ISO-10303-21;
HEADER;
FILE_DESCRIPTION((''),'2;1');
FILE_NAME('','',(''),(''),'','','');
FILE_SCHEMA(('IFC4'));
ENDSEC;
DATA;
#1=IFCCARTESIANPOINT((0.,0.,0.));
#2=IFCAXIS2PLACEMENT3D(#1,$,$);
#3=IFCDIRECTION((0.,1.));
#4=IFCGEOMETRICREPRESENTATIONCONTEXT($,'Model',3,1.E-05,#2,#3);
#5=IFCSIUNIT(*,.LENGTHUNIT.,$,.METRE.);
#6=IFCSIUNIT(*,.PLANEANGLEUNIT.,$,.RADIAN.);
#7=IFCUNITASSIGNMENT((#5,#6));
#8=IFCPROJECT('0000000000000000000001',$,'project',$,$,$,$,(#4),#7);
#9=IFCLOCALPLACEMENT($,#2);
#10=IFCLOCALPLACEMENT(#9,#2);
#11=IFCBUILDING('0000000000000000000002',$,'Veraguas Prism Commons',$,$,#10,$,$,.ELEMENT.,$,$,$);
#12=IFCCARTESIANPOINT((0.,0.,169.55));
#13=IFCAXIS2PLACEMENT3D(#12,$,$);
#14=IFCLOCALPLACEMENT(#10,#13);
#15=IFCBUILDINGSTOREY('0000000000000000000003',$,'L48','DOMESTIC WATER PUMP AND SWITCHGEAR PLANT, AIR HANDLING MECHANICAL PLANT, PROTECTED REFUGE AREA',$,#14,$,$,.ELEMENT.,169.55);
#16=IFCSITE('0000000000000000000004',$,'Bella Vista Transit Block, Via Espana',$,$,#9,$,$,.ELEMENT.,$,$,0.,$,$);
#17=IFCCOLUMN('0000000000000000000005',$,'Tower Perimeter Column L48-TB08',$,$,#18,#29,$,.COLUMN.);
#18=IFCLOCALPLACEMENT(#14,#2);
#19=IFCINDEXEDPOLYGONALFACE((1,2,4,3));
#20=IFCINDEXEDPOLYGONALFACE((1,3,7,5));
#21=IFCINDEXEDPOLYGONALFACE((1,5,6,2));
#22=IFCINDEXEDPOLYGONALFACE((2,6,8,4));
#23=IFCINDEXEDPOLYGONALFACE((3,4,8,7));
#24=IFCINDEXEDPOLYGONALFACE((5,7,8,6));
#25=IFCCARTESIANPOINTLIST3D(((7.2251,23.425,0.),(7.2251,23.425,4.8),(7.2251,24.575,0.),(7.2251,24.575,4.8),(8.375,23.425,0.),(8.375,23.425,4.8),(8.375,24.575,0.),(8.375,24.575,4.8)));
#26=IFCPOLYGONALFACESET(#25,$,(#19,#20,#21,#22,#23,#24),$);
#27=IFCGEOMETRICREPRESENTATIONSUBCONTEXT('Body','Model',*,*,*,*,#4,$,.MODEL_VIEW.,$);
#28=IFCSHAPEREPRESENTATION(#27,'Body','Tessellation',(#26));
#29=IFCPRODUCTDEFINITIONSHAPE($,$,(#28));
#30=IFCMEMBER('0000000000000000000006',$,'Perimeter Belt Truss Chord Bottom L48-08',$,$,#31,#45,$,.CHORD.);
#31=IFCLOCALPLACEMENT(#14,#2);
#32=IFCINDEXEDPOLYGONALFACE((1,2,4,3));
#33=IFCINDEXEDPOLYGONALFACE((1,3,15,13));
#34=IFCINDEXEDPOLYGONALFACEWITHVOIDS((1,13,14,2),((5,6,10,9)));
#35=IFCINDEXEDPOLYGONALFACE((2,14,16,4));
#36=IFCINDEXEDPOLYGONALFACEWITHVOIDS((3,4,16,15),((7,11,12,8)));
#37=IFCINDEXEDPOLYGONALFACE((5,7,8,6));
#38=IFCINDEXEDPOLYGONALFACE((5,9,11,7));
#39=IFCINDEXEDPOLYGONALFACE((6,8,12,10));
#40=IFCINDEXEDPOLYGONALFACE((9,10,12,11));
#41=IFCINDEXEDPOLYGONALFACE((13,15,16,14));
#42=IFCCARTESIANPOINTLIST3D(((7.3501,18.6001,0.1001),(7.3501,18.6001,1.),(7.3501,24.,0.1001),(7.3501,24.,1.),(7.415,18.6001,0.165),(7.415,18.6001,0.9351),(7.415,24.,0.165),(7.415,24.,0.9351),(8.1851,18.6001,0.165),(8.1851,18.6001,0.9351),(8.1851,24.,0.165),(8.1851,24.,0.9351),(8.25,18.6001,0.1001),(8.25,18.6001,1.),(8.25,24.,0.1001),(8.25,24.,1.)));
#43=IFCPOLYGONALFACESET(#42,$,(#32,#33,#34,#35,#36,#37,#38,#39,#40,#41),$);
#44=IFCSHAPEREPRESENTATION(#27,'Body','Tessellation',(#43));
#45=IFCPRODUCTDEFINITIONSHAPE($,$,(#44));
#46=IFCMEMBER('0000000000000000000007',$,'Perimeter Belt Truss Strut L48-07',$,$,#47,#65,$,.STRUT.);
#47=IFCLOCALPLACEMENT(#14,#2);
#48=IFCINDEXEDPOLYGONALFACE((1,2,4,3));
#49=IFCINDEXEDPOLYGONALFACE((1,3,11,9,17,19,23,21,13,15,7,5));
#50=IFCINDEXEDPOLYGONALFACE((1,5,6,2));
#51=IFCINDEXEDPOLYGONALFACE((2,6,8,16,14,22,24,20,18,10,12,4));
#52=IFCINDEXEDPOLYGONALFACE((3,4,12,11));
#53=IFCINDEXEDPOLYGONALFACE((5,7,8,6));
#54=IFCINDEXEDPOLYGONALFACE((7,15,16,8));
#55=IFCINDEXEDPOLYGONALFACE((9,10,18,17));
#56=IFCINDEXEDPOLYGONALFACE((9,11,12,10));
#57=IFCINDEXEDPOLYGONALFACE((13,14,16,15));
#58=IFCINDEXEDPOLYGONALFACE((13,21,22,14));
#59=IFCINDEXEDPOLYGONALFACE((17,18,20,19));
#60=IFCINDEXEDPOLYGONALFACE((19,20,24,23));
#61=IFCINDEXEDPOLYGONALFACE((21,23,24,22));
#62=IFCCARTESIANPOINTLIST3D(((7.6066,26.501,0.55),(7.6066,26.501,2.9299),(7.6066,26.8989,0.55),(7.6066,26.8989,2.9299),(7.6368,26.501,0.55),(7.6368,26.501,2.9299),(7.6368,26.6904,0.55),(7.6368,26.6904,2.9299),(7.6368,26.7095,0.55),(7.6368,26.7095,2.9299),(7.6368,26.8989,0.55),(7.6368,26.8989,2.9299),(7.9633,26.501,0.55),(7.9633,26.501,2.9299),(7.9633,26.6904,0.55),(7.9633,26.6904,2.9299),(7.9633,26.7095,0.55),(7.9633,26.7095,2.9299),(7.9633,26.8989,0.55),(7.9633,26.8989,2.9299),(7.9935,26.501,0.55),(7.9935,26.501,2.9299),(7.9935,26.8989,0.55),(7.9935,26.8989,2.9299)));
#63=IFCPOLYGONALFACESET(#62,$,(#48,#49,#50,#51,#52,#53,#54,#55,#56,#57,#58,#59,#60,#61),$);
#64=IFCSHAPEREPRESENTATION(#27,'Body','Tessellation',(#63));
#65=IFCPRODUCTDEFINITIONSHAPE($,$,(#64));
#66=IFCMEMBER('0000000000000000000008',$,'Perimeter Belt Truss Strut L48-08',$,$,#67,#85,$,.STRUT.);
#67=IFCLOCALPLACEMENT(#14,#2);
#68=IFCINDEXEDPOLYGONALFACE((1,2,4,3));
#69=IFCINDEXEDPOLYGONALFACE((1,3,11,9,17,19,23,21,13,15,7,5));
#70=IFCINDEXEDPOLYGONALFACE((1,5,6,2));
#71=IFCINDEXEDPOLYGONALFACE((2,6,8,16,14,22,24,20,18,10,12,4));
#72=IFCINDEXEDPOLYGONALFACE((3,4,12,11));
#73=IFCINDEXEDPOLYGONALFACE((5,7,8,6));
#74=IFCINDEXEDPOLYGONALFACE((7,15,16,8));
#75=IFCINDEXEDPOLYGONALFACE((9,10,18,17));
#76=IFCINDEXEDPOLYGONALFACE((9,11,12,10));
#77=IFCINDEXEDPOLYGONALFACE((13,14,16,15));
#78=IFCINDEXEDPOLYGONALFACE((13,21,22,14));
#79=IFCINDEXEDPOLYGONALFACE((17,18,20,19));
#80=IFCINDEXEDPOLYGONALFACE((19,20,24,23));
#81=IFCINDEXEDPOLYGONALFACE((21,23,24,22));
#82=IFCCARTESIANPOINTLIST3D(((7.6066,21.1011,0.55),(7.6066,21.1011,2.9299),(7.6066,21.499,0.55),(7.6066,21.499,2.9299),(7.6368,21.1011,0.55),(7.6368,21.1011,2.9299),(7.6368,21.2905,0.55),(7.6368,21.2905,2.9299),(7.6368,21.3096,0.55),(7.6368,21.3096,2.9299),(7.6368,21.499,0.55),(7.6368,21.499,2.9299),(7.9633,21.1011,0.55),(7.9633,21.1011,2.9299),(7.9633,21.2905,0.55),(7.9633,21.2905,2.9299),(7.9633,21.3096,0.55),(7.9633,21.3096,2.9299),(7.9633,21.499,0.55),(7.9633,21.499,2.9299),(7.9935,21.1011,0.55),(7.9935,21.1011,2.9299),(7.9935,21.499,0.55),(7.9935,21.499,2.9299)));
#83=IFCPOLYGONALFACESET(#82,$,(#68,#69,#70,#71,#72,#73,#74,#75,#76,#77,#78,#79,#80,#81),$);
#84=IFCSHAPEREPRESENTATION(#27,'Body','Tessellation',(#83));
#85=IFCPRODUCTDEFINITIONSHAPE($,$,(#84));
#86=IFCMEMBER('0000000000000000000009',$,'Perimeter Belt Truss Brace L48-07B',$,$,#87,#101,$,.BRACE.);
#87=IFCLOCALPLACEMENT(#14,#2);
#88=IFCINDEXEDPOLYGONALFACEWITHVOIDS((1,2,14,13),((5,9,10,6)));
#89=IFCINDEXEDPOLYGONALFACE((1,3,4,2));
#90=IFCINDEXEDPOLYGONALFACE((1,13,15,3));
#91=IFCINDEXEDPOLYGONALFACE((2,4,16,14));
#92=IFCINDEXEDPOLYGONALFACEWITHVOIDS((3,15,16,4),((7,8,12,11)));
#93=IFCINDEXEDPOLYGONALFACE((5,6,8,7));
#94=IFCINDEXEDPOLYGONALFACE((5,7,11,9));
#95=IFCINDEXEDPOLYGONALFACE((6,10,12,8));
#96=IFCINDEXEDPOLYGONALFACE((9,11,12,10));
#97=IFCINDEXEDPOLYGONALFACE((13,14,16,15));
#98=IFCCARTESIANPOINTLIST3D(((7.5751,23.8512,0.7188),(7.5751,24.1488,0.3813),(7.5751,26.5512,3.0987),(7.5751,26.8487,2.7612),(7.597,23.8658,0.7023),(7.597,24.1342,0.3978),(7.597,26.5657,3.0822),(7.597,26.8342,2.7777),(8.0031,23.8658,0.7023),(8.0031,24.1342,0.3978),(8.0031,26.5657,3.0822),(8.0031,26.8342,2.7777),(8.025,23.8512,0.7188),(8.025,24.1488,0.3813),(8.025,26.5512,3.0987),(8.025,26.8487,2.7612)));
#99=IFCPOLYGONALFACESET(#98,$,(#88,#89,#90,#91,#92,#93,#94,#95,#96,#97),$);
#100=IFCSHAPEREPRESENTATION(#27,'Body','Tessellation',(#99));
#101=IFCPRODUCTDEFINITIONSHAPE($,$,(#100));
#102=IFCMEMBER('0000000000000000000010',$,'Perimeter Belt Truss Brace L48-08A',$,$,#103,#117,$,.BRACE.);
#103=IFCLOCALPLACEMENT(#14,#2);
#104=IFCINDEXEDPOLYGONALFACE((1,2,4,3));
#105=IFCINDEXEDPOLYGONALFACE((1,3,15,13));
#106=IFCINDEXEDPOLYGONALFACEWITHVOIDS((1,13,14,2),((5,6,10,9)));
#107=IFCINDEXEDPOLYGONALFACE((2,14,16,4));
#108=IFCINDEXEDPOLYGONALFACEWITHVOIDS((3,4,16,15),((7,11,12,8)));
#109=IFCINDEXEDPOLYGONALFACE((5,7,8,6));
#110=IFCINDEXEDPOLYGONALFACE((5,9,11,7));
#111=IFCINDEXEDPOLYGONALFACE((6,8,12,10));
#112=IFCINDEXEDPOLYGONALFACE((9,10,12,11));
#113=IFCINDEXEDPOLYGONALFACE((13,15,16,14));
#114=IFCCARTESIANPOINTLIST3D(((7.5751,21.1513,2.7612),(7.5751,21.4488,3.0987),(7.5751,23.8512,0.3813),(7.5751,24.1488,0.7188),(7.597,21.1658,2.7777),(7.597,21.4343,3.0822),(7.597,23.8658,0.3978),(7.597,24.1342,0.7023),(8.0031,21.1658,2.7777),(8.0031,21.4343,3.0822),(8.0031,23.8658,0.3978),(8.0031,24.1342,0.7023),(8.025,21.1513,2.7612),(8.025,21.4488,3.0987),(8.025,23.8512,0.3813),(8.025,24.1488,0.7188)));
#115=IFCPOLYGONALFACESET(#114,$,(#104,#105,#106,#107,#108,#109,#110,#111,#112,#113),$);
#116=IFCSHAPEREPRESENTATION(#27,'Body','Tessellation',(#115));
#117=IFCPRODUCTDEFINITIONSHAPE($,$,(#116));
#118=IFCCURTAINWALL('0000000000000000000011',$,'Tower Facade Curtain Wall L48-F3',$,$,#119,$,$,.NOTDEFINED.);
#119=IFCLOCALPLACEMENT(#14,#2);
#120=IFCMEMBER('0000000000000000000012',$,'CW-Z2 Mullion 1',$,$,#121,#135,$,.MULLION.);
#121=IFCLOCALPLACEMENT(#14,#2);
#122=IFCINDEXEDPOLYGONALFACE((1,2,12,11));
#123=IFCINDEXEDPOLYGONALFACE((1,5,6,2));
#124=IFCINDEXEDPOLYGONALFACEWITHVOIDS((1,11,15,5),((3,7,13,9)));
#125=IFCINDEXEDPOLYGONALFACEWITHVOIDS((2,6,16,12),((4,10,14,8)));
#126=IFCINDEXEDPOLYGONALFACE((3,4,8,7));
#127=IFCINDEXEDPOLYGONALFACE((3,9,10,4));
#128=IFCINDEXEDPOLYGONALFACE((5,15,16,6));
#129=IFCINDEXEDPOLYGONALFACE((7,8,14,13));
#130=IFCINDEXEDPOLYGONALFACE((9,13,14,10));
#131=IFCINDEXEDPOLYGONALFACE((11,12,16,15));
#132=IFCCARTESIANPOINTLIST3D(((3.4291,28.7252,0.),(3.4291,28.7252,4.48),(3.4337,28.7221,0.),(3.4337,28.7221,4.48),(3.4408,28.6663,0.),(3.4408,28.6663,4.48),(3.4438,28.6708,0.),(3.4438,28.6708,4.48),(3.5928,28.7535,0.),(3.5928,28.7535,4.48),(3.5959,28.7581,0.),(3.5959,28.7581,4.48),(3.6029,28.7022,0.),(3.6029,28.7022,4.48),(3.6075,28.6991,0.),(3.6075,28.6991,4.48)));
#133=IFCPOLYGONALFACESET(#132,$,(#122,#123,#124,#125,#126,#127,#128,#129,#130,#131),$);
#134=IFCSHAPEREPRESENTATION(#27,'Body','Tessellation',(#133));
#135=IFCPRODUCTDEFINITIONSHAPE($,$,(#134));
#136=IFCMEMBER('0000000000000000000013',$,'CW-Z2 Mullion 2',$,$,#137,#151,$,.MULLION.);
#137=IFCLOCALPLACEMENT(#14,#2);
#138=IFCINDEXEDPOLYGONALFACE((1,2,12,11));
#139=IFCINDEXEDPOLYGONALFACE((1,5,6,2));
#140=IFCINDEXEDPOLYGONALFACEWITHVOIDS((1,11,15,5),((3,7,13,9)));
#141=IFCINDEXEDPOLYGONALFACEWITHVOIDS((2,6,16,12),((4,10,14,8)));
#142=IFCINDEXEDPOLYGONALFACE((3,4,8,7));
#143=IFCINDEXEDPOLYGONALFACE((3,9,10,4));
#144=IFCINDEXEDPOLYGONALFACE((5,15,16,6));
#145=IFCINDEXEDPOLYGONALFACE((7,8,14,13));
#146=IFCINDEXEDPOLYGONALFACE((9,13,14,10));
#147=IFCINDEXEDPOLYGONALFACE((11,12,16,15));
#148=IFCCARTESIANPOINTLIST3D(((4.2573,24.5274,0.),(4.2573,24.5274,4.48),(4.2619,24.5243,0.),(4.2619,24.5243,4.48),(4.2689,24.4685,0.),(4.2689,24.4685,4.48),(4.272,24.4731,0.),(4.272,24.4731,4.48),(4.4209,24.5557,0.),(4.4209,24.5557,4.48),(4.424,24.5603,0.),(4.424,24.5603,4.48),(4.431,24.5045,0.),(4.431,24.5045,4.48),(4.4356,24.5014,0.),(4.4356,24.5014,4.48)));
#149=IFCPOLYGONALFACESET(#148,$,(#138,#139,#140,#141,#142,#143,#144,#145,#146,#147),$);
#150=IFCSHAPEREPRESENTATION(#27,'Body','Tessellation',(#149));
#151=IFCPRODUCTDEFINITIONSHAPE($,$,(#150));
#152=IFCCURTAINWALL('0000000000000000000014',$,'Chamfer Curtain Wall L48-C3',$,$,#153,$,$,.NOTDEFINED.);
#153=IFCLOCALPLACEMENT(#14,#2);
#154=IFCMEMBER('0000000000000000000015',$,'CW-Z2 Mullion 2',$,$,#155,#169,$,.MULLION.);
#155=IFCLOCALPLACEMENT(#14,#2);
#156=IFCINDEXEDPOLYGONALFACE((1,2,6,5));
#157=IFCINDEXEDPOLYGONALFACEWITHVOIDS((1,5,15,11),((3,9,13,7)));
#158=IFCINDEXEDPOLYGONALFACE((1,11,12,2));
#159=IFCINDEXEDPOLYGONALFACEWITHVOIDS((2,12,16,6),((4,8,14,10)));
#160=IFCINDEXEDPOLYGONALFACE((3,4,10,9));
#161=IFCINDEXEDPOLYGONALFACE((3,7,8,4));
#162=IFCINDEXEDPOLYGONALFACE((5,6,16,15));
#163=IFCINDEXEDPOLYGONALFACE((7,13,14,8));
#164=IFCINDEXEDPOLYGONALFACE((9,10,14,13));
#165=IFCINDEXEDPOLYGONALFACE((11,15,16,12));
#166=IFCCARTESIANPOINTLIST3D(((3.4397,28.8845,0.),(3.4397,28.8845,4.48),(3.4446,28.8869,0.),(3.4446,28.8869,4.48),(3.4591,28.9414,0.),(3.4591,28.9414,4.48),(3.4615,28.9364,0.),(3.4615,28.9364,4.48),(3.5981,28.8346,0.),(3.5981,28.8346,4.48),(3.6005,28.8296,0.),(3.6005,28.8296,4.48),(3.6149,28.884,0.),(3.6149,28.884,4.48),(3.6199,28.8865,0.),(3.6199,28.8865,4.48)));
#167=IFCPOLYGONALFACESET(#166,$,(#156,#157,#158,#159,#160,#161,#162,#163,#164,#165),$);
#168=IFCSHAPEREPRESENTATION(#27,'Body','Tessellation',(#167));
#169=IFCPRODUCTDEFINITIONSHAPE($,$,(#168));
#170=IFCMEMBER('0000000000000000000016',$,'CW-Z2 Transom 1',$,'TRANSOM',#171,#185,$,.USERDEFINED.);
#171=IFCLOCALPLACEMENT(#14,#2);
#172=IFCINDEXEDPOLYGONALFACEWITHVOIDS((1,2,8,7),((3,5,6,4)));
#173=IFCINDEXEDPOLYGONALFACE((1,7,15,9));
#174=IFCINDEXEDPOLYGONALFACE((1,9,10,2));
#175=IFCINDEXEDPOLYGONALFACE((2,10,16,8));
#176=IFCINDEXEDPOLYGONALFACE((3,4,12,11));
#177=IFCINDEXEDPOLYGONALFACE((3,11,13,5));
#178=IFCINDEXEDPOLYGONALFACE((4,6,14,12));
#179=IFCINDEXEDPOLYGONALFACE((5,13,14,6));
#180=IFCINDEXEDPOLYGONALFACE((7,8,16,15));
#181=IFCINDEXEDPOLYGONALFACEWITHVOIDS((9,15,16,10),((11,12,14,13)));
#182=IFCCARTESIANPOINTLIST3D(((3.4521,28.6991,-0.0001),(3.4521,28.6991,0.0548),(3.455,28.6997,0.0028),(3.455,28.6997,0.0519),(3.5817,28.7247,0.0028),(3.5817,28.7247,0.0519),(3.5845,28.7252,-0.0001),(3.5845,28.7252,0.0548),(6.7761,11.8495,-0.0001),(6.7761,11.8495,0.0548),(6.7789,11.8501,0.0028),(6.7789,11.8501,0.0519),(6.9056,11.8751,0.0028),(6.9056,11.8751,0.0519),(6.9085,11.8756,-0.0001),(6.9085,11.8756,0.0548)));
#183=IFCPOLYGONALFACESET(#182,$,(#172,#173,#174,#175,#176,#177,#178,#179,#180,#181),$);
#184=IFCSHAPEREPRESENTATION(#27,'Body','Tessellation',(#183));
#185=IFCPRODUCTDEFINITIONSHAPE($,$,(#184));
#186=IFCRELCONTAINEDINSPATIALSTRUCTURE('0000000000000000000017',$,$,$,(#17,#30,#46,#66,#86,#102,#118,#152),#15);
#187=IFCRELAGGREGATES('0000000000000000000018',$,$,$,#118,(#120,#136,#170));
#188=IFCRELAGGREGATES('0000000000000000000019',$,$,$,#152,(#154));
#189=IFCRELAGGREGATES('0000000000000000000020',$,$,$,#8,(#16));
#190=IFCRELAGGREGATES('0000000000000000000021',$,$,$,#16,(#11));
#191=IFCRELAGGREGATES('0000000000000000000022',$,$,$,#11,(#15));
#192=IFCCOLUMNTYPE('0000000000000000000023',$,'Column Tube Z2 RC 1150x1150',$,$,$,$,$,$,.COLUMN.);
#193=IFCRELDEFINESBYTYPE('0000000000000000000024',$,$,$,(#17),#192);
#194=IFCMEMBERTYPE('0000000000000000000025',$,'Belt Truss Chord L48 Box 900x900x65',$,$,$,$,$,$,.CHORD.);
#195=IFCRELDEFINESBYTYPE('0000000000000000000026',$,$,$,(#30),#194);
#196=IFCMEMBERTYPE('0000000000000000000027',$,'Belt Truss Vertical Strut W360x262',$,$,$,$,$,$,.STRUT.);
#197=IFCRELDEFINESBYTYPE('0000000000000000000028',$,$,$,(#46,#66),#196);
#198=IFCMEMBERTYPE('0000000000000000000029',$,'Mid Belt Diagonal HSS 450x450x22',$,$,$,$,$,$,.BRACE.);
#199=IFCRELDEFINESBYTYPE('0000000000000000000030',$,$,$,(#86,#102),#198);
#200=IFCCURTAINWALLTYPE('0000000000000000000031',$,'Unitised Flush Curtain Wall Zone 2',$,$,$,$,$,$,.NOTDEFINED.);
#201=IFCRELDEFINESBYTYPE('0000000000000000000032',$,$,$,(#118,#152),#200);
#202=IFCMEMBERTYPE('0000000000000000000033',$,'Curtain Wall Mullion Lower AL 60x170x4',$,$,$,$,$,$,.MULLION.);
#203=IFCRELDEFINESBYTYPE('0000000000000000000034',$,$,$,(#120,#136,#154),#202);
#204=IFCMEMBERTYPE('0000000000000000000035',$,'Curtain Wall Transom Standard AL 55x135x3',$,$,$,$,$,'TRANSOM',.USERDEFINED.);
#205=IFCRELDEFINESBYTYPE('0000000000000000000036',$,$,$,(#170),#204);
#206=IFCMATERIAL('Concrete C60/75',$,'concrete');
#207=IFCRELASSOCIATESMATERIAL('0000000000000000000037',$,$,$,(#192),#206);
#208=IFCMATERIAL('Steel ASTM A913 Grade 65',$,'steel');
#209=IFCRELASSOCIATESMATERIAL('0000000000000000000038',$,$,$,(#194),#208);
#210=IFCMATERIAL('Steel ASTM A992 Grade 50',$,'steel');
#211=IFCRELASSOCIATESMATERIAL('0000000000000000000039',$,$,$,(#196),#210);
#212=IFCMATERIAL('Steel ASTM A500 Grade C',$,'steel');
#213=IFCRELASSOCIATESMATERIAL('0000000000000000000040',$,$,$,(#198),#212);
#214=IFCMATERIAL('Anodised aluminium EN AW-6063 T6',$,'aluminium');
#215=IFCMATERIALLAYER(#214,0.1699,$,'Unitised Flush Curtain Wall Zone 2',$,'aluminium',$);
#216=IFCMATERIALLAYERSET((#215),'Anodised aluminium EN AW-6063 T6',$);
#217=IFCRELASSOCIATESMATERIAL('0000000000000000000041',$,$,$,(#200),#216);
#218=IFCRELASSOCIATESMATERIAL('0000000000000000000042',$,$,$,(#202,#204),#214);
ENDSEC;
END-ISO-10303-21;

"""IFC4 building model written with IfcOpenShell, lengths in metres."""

from ifc_helpers import new_model, si_unit, direction, frame, origin, origin_2d, place, context, subcontext, project, spatial, rectangle, hollow_rectangle, i_section, extrude, source, transform, mapped, material, layer, layer_set, material_profile, profile_set, type_object, element, aggregate, save


model = new_model("IFC4")

# Units and contexts
model_context = context("Model", 3, precision=1e-05, world=origin(), true_north=direction((0.0, 1.0)))
body_context = subcontext(model_context, "Body", "Model", "MODEL_VIEW")
ifc_project = project(units=[si_unit("LENGTHUNIT", "METRE"), si_unit("PLANEANGLEUNIT", "RADIAN")], contexts=[model_context])

# Site, building, storey
site_placement = place(None, origin())
site = spatial("IfcSite", under=ifc_project, at=site_placement, Name="Bella Vista Transit Block, Via Espana", CompositionType="ELEMENT", RefElevation=0.0)
building_placement = place(site_placement, origin())
building = spatial("IfcBuilding", under=site, at=building_placement, Name="Veraguas Prism Commons", CompositionType="ELEMENT")
storey_placement = place(building_placement, frame((0.0, 0.0, 169.55)))
storey = spatial("IfcBuildingStorey", under=building, at=storey_placement, Name="L48", Description="DOMESTIC WATER PUMP AND SWITCHGEAR PLANT, AIR HANDLING MECHANICAL PLANT, PROTECTED REFUGE AREA", CompositionType="ELEMENT", Elevation=169.55)

# Column
ifc_material_1 = material(Name="Concrete C60/75", Category="concrete")
ifc_material_profile_1 = material_profile(ifc_material_1, rectangle(XDim=1.1499, YDim=1.1499, at=origin_2d()), Name="RC1150X1150")
ifc_profile_set_1 = profile_set([ifc_material_profile_1], Name="Concrete C60/75")
column_type = type_object("IfcColumnType", Name="Column Tube Z2 RC 1150x1150", PredefinedType="COLUMN", material=ifc_profile_set_1)
column_placement = place(storey_placement, frame((7.8, 24.0, 0.0), z_axis=(0.0, 0.0, 1.0), x_axis=(1.0, 0.0, 0.0)))
element("IfcColumn", 1, at=column_placement, inside=storey, type_object=column_type, Name="Tower Perimeter Column L48-TB08", PredefinedType="COLUMN", context=body_context, shape_type="SweptSolid", body=[
    extrude(rectangle(XDim=1.1499, YDim=1.1499, at=origin_2d()), origin(), (0.0, 0.0, 1.0), 4.8),
])

# Members
ifc_material_2 = material(Name="Steel ASTM A913 Grade 65", Category="steel")
ifc_material_profile_2 = material_profile(ifc_material_2, hollow_rectangle(XDim=0.8999, YDim=0.8999, WallThickness=0.0649, at=origin_2d()), Name="BOX900X900X65")
ifc_profile_set_2 = profile_set([ifc_material_profile_2], Name="Steel ASTM A913 Grade 65")
member_type_1 = type_object("IfcMemberType", Name="Belt Truss Chord L48 Box 900x900x65", PredefinedType="CHORD", material=ifc_profile_set_2)
member_1_placement = place(storey_placement, frame((7.8, 24.0, 0.55), z_axis=(0.0, -1.0, 0.0), x_axis=(1.0, 0.0, 0.0)))
element("IfcMember", 2, at=member_1_placement, inside=storey, type_object=member_type_1, Name="Perimeter Belt Truss Chord Bottom L48-08", PredefinedType="CHORD", context=body_context, shape_type="SweptSolid", body=[
    extrude(hollow_rectangle(XDim=0.8999, YDim=0.8999, WallThickness=0.0649, at=origin_2d()), origin(), (0.0, 0.0, 1.0), 5.3999),
])
ifc_material_3 = material(Name="Steel ASTM A992 Grade 50", Category="steel")
ifc_material_profile_3 = material_profile(ifc_material_3, i_section(OverallWidth=0.3979, OverallDepth=0.387, WebThickness=0.019, FlangeThickness=0.0303, at=origin_2d()), Name="W360X262")
ifc_profile_set_3 = profile_set([ifc_material_profile_3], Name="Steel ASTM A992 Grade 50")
member_type_2 = type_object("IfcMemberType", Name="Belt Truss Vertical Strut W360x262", PredefinedType="STRUT", material=ifc_profile_set_3)
for number, where, z_axis, x_axis, name in (
    (3, (7.8, 26.7, 0.55), (0.0, 0.0, 1.0), (0.0, -1.0, 0.0), "Perimeter Belt Truss Strut L48-07"),
    (4, (7.8, 21.3, 0.55), (0.0, 0.0, 1.0), (0.0, -1.0, 0.0), "Perimeter Belt Truss Strut L48-08"),
):
    element("IfcMember", number, at=place(storey_placement, frame(where, z_axis=z_axis, x_axis=x_axis)), inside=storey, type_object=member_type_2, Name=name, PredefinedType="STRUT", context=body_context, shape_type="SweptSolid", body=[
        extrude(i_section(OverallWidth=0.3979, OverallDepth=0.387, WebThickness=0.019, FlangeThickness=0.0303, at=origin_2d()), origin(), (0.0, 0.0, 1.0), 2.3799),
    ])
ifc_material_4 = material(Name="Steel ASTM A500 Grade C", Category="steel")
ifc_material_profile_4 = material_profile(ifc_material_4, hollow_rectangle(XDim=0.45, YDim=0.45, WallThickness=0.022, at=origin_2d()), Name="HSS450X450X22")
ifc_profile_set_4 = profile_set([ifc_material_profile_4], Name="Steel ASTM A500 Grade C")
member_type_3 = type_object("IfcMemberType", Name="Mid Belt Diagonal HSS 450x450x22", PredefinedType="BRACE", material=ifc_profile_set_4)
for number, where, z_axis, x_axis, name in (
    (5, (7.8, 24.0, 0.55), (0.0, 0.750172, 0.661242), (-1.0, 0.0, 0.0), "Perimeter Belt Truss Brace L48-07B"),
    (6, (7.8, 24.0, 0.55), (0.0, -0.750172, 0.661242), (1.0, 0.0, 0.0), "Perimeter Belt Truss Brace L48-08A"),
):
    element("IfcMember", number, at=place(storey_placement, frame(where, z_axis=z_axis, x_axis=x_axis)), inside=storey, type_object=member_type_3, Name=name, PredefinedType="BRACE", context=body_context, shape_type="SweptSolid", body=[
        extrude(hollow_rectangle(XDim=0.45, YDim=0.45, WallThickness=0.022, at=origin_2d()), origin(), (0.0, 0.0, 1.0), 3.5991),
    ])

# Curtain wall, members
ifc_material_5 = material(Name="Anodised aluminium EN AW-6063 T6", Category="aluminium")
ifc_layer_1 = layer(ifc_material_5, 0.1699, Name="Unitised Flush Curtain Wall Zone 2", Category="aluminium")
ifc_layer_set_1 = layer_set([ifc_layer_1], Name="Anodised aluminium EN AW-6063 T6")
curtain_wall_type = type_object("IfcCurtainWallType", Name="Unitised Flush Curtain Wall Zone 2", PredefinedType="NOTDEFINED", material=ifc_layer_set_1)
curtain_wall_1_placement = place(storey_placement, origin())
curtain_wall_1 = element("IfcCurtainWall", 7, at=curtain_wall_1_placement, inside=storey, type_object=curtain_wall_type, Name="Tower Facade Curtain Wall L48-F3", PredefinedType="NOTDEFINED")
ifc_material_profile_5 = material_profile(ifc_material_5, hollow_rectangle(XDim=0.0601, YDim=0.1699, WallThickness=0.0039, at=origin_2d()), Name="AL60X170X4")
ifc_profile_set_5 = profile_set([ifc_material_profile_5], Name="Anodised aluminium EN AW-6063 T6")
member_type_4 = type_object("IfcMemberType", Name="Curtain Wall Mullion Lower AL 60x170x4", PredefinedType="MULLION", material=ifc_profile_set_5)
shared_shape_1 = source(origin(), body_context, "Body", "SweptSolid", [
    extrude(hollow_rectangle(XDim=0.0601, YDim=0.1699, WallThickness=0.0039, at=origin_2d()), origin(), (0.0, 0.0, 1.0), 4.48),
])
member_2_placement = place(storey_placement, frame((3.5183, 28.7122, 0.0), z_axis=(0.0, 0.0, 1.0), x_axis=(0.193549, -0.981091, 0.0)))
member_2 = element("IfcMember", 8, at=member_2_placement, type_object=member_type_4, Name="CW-Z2 Mullion 1", PredefinedType="MULLION", context=body_context, shape_type="MappedRepresentation", body=[
    mapped(shared_shape_1, transform((0.0, 0.0, 0.0), scale=1.0)),
])
member_3_placement = place(storey_placement, frame((4.3464, 24.5144, 0.0), z_axis=(0.0, 0.0, 1.0), x_axis=(0.193549, -0.981091, 0.0)))
member_3 = element("IfcMember", 9, at=member_3_placement, type_object=member_type_4, Name="CW-Z2 Mullion 2", PredefinedType="MULLION", context=body_context, shape_type="MappedRepresentation", body=[
    mapped(shared_shape_1, transform((0.0, 0.0, 0.0), scale=1.0)),
])

# Curtain wall, member
curtain_wall_2_placement = place(storey_placement, origin())
curtain_wall_2 = element("IfcCurtainWall", 10, at=curtain_wall_2_placement, inside=storey, type_object=curtain_wall_type, Name="Chamfer Curtain Wall L48-C3", PredefinedType="NOTDEFINED")
member_4_placement = place(storey_placement, frame((3.5298, 28.8855, 0.0), z_axis=(0.0, 0.0, 1.0), x_axis=(-0.32293, -0.946423, 0.0)))
member_4 = element("IfcMember", 11, at=member_4_placement, type_object=member_type_4, Name="CW-Z2 Mullion 2", PredefinedType="MULLION", context=body_context, shape_type="MappedRepresentation", body=[
    mapped(shared_shape_1, transform((0.0, 0.0, 0.0), scale=1.0)),
])

# Member
ifc_material_profile_6 = material_profile(ifc_material_5, hollow_rectangle(XDim=0.0549, YDim=0.135, WallThickness=0.0029, at=origin_2d()), Name="AL55X135X3")
ifc_profile_set_6 = profile_set([ifc_material_profile_6], Name="Anodised aluminium EN AW-6063 T6")
member_type_5 = type_object("IfcMemberType", Name="Curtain Wall Transom Standard AL 55x135x3", ElementType="TRANSOM", PredefinedType="USERDEFINED", material=ifc_profile_set_6)
shared_shape_2 = source(origin(), body_context, "Body", "SweptSolid", [
    extrude(hollow_rectangle(XDim=0.0549, YDim=0.135, WallThickness=0.0029, at=origin_2d()), origin(), (0.0, 0.0, 1.0), 17.1743),
])
member_5_placement = place(storey_placement, frame((3.5183, 28.7122, 0.0273), z_axis=(0.193543, -0.981092, 0.0), x_axis=(0.0, 0.0, 1.0)))
member_5 = element("IfcMember", 12, at=member_5_placement, type_object=member_type_5, Name="CW-Z2 Transom 1", ObjectType="TRANSOM", PredefinedType="USERDEFINED", context=body_context, shape_type="MappedRepresentation", body=[
    mapped(shared_shape_2, transform((0.0, 0.0, 0.0), scale=1.0)),
])

aggregate(curtain_wall_1, [member_2, member_3, member_5])
aggregate(curtain_wall_2, [member_4])

save(model, "model.ifc")
